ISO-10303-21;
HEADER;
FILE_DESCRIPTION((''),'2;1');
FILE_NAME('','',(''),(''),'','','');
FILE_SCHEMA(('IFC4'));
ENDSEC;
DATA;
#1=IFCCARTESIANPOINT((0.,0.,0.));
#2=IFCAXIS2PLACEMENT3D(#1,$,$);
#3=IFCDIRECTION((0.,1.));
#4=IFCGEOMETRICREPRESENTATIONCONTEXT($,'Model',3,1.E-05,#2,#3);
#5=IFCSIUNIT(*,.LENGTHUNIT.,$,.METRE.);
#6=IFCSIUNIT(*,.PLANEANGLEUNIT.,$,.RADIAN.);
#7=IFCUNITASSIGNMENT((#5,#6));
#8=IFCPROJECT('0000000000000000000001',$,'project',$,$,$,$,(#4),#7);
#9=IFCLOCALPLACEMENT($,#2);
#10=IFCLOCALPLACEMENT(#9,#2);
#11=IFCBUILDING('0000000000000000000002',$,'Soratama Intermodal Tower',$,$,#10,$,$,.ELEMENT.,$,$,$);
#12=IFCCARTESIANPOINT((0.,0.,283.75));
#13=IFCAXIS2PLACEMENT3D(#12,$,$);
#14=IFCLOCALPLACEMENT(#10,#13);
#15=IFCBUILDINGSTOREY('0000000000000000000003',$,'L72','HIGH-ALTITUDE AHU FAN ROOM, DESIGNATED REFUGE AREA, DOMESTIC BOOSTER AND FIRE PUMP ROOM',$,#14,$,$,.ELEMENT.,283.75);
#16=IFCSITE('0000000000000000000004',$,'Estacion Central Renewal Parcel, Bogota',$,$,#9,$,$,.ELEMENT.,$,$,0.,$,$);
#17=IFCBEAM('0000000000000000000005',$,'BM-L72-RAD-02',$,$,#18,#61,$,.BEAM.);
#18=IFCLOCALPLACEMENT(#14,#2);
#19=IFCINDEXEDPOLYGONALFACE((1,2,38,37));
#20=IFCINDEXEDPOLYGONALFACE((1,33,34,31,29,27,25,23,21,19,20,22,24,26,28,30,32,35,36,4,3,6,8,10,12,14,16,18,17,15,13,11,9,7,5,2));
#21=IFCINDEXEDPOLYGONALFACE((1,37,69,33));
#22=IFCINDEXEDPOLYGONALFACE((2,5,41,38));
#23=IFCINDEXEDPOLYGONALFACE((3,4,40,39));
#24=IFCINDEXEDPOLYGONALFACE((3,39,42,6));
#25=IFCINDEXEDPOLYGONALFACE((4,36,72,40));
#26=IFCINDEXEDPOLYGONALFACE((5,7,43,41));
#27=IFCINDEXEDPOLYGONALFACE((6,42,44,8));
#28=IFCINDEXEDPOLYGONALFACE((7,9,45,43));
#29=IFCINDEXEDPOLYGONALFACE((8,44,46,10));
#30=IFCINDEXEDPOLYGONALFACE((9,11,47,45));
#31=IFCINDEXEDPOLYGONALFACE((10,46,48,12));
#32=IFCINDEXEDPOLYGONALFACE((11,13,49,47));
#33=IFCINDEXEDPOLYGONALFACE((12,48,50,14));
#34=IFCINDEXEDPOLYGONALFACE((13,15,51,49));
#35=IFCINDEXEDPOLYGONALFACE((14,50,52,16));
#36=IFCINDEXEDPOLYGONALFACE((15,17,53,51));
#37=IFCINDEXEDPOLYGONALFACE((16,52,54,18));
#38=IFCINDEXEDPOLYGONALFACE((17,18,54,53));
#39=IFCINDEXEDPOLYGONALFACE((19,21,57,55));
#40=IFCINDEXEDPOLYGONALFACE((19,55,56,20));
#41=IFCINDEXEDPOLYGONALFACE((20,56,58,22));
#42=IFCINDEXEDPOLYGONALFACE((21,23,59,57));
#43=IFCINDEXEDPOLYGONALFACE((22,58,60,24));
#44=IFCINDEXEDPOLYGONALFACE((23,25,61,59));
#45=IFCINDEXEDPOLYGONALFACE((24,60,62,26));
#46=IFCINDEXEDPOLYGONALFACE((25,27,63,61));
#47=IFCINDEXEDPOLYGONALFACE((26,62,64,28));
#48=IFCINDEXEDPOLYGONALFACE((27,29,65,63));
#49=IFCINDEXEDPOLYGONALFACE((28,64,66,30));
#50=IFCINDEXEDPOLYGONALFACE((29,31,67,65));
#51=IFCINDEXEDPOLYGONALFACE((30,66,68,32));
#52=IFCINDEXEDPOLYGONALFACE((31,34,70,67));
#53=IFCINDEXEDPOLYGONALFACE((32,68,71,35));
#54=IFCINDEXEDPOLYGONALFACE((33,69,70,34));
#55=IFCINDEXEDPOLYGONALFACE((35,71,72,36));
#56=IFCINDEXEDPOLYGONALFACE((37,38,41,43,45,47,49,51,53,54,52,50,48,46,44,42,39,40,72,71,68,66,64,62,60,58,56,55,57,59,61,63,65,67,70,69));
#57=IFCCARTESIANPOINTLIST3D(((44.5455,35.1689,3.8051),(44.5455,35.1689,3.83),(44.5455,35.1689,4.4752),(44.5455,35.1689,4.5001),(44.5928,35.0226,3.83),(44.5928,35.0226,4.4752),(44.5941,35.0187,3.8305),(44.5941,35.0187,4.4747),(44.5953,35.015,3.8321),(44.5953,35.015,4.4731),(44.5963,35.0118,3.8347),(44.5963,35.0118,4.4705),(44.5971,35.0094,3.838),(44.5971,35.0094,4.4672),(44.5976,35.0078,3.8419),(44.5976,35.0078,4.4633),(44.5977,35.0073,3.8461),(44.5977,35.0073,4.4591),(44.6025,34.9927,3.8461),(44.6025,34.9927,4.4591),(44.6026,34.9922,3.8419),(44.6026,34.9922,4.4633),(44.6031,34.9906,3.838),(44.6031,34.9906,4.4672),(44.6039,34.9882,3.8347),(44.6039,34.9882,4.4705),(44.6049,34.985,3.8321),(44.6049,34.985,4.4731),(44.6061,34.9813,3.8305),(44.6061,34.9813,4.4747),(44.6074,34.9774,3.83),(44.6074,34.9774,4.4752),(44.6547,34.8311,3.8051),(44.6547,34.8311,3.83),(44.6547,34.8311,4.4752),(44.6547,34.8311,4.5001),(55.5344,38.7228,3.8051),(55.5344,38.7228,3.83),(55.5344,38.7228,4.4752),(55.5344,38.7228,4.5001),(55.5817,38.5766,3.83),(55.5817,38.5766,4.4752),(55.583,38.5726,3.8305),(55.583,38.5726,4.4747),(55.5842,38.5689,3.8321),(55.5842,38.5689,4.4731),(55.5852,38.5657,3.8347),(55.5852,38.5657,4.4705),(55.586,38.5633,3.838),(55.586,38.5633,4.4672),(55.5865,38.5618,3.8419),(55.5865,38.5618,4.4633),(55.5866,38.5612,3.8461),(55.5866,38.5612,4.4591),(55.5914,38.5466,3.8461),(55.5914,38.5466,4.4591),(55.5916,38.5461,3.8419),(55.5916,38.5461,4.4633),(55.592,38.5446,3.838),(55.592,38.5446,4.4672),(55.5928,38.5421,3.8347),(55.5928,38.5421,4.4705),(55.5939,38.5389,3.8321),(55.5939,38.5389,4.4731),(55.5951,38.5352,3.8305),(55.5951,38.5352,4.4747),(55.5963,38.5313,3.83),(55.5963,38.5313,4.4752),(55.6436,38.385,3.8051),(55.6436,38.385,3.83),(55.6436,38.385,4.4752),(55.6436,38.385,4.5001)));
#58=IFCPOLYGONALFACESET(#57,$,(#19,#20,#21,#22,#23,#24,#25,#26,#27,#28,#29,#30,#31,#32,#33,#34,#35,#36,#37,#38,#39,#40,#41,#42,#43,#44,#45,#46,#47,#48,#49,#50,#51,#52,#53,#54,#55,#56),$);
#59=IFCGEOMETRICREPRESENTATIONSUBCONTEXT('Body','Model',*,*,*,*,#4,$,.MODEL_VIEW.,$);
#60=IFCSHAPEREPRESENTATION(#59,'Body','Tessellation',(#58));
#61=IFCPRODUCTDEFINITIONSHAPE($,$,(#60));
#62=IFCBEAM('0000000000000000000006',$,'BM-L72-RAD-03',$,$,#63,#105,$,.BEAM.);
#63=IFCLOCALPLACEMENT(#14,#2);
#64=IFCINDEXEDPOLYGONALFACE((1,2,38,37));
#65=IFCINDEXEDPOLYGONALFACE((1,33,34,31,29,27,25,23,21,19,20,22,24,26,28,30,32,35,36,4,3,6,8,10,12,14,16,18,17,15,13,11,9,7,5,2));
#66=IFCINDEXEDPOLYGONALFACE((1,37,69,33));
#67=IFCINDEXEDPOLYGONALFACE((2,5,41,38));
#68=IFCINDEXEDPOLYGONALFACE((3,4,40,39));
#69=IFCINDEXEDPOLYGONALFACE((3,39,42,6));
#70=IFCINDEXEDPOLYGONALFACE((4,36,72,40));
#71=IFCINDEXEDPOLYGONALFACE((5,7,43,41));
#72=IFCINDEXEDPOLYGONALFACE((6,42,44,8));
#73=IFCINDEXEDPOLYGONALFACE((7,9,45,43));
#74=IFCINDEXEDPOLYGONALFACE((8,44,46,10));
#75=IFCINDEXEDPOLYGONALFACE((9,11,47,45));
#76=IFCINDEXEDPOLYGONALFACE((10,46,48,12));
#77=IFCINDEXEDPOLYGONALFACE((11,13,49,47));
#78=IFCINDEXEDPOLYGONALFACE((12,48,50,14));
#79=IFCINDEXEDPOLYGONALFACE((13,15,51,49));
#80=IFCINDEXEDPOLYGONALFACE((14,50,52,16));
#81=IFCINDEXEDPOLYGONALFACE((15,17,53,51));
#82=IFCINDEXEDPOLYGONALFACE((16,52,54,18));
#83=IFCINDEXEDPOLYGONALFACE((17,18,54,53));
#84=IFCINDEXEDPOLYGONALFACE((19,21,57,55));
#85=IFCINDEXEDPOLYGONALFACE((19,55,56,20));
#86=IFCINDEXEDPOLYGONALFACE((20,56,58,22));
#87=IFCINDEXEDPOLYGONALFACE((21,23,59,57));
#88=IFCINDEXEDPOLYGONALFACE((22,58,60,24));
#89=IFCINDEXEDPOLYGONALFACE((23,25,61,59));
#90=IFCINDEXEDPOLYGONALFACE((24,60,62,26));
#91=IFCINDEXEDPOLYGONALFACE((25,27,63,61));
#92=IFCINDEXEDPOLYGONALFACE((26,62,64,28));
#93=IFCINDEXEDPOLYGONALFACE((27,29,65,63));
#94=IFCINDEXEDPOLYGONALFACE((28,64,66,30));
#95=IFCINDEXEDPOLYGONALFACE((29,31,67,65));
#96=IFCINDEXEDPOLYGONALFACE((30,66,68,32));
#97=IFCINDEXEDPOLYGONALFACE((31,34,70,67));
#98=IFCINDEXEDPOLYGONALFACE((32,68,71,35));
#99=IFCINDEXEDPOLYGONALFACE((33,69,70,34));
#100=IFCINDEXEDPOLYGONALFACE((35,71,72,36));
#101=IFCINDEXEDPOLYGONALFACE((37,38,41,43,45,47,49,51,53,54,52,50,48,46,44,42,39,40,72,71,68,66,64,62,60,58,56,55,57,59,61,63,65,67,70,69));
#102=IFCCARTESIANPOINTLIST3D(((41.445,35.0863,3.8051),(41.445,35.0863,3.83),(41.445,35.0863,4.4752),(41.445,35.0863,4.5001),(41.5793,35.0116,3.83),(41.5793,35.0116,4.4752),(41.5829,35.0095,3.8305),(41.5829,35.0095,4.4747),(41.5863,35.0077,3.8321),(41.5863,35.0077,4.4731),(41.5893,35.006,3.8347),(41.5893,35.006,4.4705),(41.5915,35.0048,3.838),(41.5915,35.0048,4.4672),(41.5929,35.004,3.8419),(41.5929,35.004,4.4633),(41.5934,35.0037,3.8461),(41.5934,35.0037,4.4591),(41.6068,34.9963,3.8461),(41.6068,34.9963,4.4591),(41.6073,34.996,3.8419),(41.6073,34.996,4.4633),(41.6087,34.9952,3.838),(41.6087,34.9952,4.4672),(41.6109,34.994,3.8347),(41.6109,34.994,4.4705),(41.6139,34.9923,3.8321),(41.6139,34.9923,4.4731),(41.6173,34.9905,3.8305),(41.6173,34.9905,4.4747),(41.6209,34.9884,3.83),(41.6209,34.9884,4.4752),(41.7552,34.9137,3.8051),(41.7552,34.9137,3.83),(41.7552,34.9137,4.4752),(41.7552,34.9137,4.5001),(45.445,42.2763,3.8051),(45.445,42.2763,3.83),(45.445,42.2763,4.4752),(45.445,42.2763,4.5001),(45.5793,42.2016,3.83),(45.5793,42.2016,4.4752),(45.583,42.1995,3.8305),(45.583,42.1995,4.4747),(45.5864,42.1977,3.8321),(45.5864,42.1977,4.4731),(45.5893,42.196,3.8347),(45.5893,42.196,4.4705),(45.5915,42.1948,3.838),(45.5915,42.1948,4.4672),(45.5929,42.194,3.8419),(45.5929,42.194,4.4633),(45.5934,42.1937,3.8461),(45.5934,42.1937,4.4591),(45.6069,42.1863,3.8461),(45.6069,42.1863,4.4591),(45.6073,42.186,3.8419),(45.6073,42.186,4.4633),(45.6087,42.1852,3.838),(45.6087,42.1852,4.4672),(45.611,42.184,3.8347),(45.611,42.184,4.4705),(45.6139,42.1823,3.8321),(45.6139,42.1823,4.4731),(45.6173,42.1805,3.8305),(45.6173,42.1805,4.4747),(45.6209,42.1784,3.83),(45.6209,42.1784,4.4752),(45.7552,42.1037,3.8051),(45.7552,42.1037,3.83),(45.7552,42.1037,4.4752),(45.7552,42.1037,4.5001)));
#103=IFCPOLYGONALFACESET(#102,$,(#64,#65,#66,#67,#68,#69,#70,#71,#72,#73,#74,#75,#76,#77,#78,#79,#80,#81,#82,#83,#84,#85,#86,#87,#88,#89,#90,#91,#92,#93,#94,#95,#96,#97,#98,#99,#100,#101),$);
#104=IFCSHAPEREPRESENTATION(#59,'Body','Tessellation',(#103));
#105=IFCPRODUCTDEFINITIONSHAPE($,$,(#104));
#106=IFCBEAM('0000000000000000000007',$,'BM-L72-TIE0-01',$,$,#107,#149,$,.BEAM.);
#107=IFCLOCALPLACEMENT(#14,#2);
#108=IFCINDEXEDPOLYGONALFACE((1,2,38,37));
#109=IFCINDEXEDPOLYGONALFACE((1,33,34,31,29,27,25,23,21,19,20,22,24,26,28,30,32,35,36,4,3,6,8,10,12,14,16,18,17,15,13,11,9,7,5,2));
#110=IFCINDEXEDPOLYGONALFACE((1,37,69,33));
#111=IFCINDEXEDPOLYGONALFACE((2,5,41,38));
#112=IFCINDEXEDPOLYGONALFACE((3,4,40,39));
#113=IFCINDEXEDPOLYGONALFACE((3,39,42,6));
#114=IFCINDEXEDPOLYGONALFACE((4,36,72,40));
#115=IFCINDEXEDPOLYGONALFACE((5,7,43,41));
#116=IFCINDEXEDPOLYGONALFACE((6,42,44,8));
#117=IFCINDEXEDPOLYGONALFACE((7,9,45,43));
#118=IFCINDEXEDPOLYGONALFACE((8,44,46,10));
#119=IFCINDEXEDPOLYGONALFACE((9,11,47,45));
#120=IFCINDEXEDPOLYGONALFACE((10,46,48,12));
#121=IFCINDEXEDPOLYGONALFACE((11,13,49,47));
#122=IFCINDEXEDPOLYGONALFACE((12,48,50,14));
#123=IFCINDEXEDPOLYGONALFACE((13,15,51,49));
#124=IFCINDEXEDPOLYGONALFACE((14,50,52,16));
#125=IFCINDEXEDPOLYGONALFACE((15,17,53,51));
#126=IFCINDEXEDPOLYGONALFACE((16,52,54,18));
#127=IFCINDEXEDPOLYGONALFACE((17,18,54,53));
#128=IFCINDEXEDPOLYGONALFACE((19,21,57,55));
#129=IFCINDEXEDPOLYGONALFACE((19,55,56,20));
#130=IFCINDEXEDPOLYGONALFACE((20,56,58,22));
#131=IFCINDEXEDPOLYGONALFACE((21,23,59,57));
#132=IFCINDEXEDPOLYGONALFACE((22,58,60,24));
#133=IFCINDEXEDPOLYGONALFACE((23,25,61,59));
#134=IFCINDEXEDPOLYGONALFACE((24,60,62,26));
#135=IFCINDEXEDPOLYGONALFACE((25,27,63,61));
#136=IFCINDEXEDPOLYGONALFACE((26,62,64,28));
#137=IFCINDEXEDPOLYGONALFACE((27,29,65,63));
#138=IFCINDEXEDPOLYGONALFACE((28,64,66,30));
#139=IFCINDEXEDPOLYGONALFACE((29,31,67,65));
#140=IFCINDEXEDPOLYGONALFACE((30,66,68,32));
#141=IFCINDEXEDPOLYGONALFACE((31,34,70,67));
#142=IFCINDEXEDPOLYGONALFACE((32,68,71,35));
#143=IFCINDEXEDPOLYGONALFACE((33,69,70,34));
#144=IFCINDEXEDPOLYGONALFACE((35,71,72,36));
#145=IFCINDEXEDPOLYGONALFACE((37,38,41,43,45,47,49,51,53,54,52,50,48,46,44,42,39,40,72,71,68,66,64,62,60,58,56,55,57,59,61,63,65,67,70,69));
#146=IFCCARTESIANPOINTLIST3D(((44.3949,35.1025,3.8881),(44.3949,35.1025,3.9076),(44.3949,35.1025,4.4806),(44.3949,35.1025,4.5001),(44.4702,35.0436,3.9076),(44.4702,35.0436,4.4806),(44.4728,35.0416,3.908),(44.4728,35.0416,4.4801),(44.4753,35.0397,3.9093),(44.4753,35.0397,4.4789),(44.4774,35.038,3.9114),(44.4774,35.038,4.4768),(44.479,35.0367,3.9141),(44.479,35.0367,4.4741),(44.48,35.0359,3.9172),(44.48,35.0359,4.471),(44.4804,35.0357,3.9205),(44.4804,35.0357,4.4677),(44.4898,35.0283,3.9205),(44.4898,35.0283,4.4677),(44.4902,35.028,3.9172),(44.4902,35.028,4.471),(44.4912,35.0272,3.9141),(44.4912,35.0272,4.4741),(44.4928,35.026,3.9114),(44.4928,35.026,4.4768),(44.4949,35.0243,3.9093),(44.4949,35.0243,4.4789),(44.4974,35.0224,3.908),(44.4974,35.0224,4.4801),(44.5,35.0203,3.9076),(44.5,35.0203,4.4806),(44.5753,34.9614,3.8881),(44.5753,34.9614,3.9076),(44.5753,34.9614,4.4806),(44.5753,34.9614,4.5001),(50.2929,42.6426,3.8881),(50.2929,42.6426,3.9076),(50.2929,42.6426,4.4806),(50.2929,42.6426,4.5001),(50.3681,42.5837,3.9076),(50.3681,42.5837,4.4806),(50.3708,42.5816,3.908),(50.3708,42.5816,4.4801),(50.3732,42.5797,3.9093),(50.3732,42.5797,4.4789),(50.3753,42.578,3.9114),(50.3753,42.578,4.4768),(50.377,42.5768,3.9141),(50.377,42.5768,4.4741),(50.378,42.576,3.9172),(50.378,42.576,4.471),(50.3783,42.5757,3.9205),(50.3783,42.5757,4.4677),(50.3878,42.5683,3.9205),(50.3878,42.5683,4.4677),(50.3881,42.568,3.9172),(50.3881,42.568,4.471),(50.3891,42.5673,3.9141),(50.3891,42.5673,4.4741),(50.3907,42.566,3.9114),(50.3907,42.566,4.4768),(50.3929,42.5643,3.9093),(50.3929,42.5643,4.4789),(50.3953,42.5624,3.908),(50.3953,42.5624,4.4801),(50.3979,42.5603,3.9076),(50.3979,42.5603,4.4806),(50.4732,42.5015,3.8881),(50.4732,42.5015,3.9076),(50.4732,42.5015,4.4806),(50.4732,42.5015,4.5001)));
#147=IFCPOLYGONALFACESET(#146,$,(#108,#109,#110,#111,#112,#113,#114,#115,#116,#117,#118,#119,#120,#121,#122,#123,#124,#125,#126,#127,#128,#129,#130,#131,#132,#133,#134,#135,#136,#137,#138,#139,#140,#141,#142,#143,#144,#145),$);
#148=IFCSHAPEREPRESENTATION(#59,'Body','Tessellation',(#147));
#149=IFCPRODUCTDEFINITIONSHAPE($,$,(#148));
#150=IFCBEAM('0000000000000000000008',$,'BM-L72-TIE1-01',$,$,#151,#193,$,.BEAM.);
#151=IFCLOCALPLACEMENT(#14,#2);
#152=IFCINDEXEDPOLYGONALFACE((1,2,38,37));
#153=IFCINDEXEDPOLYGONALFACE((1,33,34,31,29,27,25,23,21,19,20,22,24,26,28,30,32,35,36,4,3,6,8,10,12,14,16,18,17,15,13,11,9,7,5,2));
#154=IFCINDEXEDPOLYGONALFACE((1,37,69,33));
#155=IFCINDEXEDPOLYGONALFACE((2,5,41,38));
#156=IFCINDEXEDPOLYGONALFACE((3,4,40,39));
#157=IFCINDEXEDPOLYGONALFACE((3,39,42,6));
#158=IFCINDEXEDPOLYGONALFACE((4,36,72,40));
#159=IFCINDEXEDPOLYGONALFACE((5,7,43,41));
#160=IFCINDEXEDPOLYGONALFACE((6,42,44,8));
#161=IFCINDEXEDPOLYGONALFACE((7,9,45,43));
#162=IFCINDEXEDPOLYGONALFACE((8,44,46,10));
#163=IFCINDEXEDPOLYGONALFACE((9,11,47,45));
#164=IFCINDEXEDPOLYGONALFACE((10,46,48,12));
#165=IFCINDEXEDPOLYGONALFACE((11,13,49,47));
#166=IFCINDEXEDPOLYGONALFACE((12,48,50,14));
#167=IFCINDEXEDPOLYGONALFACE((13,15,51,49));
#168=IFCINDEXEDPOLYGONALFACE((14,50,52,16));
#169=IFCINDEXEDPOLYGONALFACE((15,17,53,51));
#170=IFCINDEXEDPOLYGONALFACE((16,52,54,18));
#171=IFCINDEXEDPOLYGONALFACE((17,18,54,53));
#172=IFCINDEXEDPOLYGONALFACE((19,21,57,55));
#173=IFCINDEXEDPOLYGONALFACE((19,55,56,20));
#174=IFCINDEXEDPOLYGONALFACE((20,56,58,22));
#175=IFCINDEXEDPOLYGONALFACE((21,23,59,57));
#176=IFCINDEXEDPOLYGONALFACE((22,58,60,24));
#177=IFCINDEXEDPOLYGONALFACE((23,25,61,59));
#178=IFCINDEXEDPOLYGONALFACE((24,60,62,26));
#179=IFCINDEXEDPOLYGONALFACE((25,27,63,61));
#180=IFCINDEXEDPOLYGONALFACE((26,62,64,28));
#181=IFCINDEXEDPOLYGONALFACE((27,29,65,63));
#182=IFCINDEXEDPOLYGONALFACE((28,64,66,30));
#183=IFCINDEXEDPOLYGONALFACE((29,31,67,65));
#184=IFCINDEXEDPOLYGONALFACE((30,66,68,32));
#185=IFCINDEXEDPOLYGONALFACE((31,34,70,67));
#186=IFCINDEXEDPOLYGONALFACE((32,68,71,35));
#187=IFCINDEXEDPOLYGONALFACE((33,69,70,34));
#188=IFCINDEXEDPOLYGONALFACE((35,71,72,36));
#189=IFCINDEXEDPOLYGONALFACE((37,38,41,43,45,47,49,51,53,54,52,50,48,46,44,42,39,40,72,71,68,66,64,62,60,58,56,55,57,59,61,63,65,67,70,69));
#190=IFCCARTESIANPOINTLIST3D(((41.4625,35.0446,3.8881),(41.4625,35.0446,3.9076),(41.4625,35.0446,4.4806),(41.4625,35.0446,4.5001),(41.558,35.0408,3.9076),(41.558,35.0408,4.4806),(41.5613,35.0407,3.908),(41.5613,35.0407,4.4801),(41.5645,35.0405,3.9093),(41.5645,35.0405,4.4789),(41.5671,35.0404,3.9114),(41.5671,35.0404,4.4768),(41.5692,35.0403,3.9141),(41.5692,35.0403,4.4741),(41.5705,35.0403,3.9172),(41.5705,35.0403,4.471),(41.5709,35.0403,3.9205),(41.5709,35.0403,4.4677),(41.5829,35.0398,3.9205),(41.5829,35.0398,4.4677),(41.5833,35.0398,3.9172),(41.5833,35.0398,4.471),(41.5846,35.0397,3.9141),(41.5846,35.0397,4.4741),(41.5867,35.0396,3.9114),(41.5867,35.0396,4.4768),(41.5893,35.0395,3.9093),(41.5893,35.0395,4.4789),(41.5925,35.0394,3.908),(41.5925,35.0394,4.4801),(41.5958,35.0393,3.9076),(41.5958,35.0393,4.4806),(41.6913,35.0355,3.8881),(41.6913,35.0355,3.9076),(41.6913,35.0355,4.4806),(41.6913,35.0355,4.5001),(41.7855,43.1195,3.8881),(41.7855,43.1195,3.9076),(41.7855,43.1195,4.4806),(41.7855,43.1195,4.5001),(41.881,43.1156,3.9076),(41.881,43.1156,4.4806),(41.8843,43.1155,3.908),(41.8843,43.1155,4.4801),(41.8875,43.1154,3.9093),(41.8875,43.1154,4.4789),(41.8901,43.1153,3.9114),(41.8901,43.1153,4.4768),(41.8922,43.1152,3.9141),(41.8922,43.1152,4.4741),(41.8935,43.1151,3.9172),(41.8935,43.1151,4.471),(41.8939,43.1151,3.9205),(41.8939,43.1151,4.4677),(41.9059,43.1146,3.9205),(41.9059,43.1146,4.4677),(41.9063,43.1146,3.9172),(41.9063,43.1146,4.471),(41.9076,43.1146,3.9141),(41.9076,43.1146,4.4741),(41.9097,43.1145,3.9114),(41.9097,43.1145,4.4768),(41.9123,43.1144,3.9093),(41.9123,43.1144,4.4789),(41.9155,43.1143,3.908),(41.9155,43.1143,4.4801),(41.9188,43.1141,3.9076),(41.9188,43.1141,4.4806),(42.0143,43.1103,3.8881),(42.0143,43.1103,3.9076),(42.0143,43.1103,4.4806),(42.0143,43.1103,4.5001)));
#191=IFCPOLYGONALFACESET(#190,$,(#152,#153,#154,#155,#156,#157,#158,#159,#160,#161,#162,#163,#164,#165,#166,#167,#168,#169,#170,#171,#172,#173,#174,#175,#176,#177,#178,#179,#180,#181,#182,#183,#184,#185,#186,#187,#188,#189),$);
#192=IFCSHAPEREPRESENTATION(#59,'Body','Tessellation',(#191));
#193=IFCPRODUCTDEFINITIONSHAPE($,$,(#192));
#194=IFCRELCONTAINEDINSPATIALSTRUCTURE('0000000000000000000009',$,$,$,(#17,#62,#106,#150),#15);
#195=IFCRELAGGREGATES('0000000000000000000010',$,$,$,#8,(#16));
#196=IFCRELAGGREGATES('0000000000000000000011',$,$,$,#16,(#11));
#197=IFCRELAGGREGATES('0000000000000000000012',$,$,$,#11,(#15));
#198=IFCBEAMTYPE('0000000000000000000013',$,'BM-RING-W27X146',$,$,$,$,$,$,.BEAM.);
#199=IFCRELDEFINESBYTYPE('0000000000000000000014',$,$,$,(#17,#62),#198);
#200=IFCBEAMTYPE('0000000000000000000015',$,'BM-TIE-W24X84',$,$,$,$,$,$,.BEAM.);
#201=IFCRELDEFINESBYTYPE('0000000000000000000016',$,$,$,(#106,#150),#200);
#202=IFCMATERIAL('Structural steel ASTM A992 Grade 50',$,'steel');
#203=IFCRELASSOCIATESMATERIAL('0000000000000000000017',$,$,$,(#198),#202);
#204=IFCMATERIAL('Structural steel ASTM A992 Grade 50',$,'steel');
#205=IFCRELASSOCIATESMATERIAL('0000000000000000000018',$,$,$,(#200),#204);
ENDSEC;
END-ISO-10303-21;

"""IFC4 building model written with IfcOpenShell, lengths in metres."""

from ifc_helpers import new_model, si_unit, direction, frame, origin, origin_2d, place, context, subcontext, project, spatial, i_section, extrude, material, material_profile, profile_set, type_object, element, save


model = new_model("IFC4")

# Units and contexts
model_context = context("Model", 3, precision=1e-05, world=origin(), true_north=direction((0.0, 1.0)))
body_context = subcontext(model_context, "Body", "Model", "MODEL_VIEW")
ifc_project = project(units=[si_unit("LENGTHUNIT", "METRE"), si_unit("PLANEANGLEUNIT", "RADIAN")], contexts=[model_context])

# Site, building, storey
site_placement = place(None, origin())
site = spatial("IfcSite", under=ifc_project, at=site_placement, Name="Estacion Central Renewal Parcel, Bogota", CompositionType="ELEMENT", RefElevation=0.0)
building_placement = place(site_placement, origin())
building = spatial("IfcBuilding", under=site, at=building_placement, Name="Soratama Intermodal Tower", CompositionType="ELEMENT")
storey_placement = place(building_placement, frame((0.0, 0.0, 283.75)))
storey = spatial("IfcBuildingStorey", under=building, at=storey_placement, Name="L72", Description="HIGH-ALTITUDE AHU FAN ROOM, DESIGNATED REFUGE AREA, DOMESTIC BOOSTER AND FIRE PUMP ROOM", CompositionType="ELEMENT", Elevation=283.75)

# Beams
ifc_material_1 = material(Name="Structural steel ASTM A992 Grade 50", Category="steel")
ifc_material_profile_1 = material_profile(ifc_material_1, i_section(OverallWidth=0.355, OverallDepth=0.6951, WebThickness=0.0154, FlangeThickness=0.0249, FilletRadius=0.0161, at=origin_2d()), Name="W27X146")
ifc_profile_set_1 = profile_set([ifc_material_profile_1], Name="Structural steel ASTM A992 Grade 50")
beam_type_1 = type_object("IfcBeamType", Name="BM-RING-W27X146", PredefinedType="BEAM", material=ifc_profile_set_1)
beam_1_placement = place(storey_placement, frame((44.6001, 35.0, 4.1526), z_axis=(0.951478, 0.307717, 0.0), x_axis=(-0.307717, 0.951478, 0.0)))
element("IfcBeam", 1, at=beam_1_placement, inside=storey, type_object=beam_type_1, Name="BM-L72-RAD-02", PredefinedType="BEAM", context=body_context, shape_type="SweptSolid", body=[
    extrude(i_section(OverallWidth=0.355, OverallDepth=0.6951, WebThickness=0.0154, FlangeThickness=0.0249, FilletRadius=0.0161, at=origin_2d()), origin(), (0.0, 0.0, 1.0), 11.5493),
])
beam_2_placement = place(storey_placement, frame((41.6001, 35.0, 4.1526), z_axis=(0.486162, 0.873869, 0.0), x_axis=(-0.873869, 0.486162, 0.0)))
element("IfcBeam", 2, at=beam_2_placement, inside=storey, type_object=beam_type_1, Name="BM-L72-RAD-03", PredefinedType="BEAM", context=body_context, shape_type="SweptSolid", body=[
    extrude(i_section(OverallWidth=0.355, OverallDepth=0.6951, WebThickness=0.0154, FlangeThickness=0.0249, FilletRadius=0.0161, at=origin_2d()), origin(), (0.0, 0.0, 1.0), 8.2278),
])
ifc_material_2 = material(Name="Structural steel ASTM A992 Grade 50", Category="steel")
ifc_material_profile_2 = material_profile(ifc_material_2, i_section(OverallWidth=0.229, OverallDepth=0.6121, WebThickness=0.012, FlangeThickness=0.0195, FilletRadius=0.0129, at=origin_2d()), Name="W24X84")
ifc_profile_set_2 = profile_set([ifc_material_profile_2], Name="Structural steel ASTM A992 Grade 50")
beam_type_2 = type_object("IfcBeamType", Name="BM-TIE-W24X84", PredefinedType="BEAM", material=ifc_profile_set_2)
beam_3_placement = place(storey_placement, frame((44.4851, 35.032, 4.1941), z_axis=(0.616117, 0.787655, 0.0), x_axis=(-0.787655, 0.616117, 0.0)))
element("IfcBeam", 3, at=beam_3_placement, inside=storey, type_object=beam_type_2, Name="BM-L72-TIE0-01", PredefinedType="BEAM", context=body_context, shape_type="SweptSolid", body=[
    extrude(i_section(OverallWidth=0.229, OverallDepth=0.6121, WebThickness=0.012, FlangeThickness=0.0195, FilletRadius=0.0129, at=origin_2d()), origin(), (0.0, 0.0, 1.0), 9.5728),
])
beam_4_placement = place(storey_placement, frame((41.5769, 35.04, 4.1941), z_axis=(0.039968, 0.999201, 0.0), x_axis=(-0.999201, 0.039968, 0.0)))
element("IfcBeam", 4, at=beam_4_placement, inside=storey, type_object=beam_type_2, Name="BM-L72-TIE1-01", PredefinedType="BEAM", context=body_context, shape_type="SweptSolid", body=[
    extrude(i_section(OverallWidth=0.229, OverallDepth=0.6121, WebThickness=0.012, FlangeThickness=0.0195, FilletRadius=0.0129, at=origin_2d()), origin(), (0.0, 0.0, 1.0), 8.0813),
])

save(model, "model.ifc")
